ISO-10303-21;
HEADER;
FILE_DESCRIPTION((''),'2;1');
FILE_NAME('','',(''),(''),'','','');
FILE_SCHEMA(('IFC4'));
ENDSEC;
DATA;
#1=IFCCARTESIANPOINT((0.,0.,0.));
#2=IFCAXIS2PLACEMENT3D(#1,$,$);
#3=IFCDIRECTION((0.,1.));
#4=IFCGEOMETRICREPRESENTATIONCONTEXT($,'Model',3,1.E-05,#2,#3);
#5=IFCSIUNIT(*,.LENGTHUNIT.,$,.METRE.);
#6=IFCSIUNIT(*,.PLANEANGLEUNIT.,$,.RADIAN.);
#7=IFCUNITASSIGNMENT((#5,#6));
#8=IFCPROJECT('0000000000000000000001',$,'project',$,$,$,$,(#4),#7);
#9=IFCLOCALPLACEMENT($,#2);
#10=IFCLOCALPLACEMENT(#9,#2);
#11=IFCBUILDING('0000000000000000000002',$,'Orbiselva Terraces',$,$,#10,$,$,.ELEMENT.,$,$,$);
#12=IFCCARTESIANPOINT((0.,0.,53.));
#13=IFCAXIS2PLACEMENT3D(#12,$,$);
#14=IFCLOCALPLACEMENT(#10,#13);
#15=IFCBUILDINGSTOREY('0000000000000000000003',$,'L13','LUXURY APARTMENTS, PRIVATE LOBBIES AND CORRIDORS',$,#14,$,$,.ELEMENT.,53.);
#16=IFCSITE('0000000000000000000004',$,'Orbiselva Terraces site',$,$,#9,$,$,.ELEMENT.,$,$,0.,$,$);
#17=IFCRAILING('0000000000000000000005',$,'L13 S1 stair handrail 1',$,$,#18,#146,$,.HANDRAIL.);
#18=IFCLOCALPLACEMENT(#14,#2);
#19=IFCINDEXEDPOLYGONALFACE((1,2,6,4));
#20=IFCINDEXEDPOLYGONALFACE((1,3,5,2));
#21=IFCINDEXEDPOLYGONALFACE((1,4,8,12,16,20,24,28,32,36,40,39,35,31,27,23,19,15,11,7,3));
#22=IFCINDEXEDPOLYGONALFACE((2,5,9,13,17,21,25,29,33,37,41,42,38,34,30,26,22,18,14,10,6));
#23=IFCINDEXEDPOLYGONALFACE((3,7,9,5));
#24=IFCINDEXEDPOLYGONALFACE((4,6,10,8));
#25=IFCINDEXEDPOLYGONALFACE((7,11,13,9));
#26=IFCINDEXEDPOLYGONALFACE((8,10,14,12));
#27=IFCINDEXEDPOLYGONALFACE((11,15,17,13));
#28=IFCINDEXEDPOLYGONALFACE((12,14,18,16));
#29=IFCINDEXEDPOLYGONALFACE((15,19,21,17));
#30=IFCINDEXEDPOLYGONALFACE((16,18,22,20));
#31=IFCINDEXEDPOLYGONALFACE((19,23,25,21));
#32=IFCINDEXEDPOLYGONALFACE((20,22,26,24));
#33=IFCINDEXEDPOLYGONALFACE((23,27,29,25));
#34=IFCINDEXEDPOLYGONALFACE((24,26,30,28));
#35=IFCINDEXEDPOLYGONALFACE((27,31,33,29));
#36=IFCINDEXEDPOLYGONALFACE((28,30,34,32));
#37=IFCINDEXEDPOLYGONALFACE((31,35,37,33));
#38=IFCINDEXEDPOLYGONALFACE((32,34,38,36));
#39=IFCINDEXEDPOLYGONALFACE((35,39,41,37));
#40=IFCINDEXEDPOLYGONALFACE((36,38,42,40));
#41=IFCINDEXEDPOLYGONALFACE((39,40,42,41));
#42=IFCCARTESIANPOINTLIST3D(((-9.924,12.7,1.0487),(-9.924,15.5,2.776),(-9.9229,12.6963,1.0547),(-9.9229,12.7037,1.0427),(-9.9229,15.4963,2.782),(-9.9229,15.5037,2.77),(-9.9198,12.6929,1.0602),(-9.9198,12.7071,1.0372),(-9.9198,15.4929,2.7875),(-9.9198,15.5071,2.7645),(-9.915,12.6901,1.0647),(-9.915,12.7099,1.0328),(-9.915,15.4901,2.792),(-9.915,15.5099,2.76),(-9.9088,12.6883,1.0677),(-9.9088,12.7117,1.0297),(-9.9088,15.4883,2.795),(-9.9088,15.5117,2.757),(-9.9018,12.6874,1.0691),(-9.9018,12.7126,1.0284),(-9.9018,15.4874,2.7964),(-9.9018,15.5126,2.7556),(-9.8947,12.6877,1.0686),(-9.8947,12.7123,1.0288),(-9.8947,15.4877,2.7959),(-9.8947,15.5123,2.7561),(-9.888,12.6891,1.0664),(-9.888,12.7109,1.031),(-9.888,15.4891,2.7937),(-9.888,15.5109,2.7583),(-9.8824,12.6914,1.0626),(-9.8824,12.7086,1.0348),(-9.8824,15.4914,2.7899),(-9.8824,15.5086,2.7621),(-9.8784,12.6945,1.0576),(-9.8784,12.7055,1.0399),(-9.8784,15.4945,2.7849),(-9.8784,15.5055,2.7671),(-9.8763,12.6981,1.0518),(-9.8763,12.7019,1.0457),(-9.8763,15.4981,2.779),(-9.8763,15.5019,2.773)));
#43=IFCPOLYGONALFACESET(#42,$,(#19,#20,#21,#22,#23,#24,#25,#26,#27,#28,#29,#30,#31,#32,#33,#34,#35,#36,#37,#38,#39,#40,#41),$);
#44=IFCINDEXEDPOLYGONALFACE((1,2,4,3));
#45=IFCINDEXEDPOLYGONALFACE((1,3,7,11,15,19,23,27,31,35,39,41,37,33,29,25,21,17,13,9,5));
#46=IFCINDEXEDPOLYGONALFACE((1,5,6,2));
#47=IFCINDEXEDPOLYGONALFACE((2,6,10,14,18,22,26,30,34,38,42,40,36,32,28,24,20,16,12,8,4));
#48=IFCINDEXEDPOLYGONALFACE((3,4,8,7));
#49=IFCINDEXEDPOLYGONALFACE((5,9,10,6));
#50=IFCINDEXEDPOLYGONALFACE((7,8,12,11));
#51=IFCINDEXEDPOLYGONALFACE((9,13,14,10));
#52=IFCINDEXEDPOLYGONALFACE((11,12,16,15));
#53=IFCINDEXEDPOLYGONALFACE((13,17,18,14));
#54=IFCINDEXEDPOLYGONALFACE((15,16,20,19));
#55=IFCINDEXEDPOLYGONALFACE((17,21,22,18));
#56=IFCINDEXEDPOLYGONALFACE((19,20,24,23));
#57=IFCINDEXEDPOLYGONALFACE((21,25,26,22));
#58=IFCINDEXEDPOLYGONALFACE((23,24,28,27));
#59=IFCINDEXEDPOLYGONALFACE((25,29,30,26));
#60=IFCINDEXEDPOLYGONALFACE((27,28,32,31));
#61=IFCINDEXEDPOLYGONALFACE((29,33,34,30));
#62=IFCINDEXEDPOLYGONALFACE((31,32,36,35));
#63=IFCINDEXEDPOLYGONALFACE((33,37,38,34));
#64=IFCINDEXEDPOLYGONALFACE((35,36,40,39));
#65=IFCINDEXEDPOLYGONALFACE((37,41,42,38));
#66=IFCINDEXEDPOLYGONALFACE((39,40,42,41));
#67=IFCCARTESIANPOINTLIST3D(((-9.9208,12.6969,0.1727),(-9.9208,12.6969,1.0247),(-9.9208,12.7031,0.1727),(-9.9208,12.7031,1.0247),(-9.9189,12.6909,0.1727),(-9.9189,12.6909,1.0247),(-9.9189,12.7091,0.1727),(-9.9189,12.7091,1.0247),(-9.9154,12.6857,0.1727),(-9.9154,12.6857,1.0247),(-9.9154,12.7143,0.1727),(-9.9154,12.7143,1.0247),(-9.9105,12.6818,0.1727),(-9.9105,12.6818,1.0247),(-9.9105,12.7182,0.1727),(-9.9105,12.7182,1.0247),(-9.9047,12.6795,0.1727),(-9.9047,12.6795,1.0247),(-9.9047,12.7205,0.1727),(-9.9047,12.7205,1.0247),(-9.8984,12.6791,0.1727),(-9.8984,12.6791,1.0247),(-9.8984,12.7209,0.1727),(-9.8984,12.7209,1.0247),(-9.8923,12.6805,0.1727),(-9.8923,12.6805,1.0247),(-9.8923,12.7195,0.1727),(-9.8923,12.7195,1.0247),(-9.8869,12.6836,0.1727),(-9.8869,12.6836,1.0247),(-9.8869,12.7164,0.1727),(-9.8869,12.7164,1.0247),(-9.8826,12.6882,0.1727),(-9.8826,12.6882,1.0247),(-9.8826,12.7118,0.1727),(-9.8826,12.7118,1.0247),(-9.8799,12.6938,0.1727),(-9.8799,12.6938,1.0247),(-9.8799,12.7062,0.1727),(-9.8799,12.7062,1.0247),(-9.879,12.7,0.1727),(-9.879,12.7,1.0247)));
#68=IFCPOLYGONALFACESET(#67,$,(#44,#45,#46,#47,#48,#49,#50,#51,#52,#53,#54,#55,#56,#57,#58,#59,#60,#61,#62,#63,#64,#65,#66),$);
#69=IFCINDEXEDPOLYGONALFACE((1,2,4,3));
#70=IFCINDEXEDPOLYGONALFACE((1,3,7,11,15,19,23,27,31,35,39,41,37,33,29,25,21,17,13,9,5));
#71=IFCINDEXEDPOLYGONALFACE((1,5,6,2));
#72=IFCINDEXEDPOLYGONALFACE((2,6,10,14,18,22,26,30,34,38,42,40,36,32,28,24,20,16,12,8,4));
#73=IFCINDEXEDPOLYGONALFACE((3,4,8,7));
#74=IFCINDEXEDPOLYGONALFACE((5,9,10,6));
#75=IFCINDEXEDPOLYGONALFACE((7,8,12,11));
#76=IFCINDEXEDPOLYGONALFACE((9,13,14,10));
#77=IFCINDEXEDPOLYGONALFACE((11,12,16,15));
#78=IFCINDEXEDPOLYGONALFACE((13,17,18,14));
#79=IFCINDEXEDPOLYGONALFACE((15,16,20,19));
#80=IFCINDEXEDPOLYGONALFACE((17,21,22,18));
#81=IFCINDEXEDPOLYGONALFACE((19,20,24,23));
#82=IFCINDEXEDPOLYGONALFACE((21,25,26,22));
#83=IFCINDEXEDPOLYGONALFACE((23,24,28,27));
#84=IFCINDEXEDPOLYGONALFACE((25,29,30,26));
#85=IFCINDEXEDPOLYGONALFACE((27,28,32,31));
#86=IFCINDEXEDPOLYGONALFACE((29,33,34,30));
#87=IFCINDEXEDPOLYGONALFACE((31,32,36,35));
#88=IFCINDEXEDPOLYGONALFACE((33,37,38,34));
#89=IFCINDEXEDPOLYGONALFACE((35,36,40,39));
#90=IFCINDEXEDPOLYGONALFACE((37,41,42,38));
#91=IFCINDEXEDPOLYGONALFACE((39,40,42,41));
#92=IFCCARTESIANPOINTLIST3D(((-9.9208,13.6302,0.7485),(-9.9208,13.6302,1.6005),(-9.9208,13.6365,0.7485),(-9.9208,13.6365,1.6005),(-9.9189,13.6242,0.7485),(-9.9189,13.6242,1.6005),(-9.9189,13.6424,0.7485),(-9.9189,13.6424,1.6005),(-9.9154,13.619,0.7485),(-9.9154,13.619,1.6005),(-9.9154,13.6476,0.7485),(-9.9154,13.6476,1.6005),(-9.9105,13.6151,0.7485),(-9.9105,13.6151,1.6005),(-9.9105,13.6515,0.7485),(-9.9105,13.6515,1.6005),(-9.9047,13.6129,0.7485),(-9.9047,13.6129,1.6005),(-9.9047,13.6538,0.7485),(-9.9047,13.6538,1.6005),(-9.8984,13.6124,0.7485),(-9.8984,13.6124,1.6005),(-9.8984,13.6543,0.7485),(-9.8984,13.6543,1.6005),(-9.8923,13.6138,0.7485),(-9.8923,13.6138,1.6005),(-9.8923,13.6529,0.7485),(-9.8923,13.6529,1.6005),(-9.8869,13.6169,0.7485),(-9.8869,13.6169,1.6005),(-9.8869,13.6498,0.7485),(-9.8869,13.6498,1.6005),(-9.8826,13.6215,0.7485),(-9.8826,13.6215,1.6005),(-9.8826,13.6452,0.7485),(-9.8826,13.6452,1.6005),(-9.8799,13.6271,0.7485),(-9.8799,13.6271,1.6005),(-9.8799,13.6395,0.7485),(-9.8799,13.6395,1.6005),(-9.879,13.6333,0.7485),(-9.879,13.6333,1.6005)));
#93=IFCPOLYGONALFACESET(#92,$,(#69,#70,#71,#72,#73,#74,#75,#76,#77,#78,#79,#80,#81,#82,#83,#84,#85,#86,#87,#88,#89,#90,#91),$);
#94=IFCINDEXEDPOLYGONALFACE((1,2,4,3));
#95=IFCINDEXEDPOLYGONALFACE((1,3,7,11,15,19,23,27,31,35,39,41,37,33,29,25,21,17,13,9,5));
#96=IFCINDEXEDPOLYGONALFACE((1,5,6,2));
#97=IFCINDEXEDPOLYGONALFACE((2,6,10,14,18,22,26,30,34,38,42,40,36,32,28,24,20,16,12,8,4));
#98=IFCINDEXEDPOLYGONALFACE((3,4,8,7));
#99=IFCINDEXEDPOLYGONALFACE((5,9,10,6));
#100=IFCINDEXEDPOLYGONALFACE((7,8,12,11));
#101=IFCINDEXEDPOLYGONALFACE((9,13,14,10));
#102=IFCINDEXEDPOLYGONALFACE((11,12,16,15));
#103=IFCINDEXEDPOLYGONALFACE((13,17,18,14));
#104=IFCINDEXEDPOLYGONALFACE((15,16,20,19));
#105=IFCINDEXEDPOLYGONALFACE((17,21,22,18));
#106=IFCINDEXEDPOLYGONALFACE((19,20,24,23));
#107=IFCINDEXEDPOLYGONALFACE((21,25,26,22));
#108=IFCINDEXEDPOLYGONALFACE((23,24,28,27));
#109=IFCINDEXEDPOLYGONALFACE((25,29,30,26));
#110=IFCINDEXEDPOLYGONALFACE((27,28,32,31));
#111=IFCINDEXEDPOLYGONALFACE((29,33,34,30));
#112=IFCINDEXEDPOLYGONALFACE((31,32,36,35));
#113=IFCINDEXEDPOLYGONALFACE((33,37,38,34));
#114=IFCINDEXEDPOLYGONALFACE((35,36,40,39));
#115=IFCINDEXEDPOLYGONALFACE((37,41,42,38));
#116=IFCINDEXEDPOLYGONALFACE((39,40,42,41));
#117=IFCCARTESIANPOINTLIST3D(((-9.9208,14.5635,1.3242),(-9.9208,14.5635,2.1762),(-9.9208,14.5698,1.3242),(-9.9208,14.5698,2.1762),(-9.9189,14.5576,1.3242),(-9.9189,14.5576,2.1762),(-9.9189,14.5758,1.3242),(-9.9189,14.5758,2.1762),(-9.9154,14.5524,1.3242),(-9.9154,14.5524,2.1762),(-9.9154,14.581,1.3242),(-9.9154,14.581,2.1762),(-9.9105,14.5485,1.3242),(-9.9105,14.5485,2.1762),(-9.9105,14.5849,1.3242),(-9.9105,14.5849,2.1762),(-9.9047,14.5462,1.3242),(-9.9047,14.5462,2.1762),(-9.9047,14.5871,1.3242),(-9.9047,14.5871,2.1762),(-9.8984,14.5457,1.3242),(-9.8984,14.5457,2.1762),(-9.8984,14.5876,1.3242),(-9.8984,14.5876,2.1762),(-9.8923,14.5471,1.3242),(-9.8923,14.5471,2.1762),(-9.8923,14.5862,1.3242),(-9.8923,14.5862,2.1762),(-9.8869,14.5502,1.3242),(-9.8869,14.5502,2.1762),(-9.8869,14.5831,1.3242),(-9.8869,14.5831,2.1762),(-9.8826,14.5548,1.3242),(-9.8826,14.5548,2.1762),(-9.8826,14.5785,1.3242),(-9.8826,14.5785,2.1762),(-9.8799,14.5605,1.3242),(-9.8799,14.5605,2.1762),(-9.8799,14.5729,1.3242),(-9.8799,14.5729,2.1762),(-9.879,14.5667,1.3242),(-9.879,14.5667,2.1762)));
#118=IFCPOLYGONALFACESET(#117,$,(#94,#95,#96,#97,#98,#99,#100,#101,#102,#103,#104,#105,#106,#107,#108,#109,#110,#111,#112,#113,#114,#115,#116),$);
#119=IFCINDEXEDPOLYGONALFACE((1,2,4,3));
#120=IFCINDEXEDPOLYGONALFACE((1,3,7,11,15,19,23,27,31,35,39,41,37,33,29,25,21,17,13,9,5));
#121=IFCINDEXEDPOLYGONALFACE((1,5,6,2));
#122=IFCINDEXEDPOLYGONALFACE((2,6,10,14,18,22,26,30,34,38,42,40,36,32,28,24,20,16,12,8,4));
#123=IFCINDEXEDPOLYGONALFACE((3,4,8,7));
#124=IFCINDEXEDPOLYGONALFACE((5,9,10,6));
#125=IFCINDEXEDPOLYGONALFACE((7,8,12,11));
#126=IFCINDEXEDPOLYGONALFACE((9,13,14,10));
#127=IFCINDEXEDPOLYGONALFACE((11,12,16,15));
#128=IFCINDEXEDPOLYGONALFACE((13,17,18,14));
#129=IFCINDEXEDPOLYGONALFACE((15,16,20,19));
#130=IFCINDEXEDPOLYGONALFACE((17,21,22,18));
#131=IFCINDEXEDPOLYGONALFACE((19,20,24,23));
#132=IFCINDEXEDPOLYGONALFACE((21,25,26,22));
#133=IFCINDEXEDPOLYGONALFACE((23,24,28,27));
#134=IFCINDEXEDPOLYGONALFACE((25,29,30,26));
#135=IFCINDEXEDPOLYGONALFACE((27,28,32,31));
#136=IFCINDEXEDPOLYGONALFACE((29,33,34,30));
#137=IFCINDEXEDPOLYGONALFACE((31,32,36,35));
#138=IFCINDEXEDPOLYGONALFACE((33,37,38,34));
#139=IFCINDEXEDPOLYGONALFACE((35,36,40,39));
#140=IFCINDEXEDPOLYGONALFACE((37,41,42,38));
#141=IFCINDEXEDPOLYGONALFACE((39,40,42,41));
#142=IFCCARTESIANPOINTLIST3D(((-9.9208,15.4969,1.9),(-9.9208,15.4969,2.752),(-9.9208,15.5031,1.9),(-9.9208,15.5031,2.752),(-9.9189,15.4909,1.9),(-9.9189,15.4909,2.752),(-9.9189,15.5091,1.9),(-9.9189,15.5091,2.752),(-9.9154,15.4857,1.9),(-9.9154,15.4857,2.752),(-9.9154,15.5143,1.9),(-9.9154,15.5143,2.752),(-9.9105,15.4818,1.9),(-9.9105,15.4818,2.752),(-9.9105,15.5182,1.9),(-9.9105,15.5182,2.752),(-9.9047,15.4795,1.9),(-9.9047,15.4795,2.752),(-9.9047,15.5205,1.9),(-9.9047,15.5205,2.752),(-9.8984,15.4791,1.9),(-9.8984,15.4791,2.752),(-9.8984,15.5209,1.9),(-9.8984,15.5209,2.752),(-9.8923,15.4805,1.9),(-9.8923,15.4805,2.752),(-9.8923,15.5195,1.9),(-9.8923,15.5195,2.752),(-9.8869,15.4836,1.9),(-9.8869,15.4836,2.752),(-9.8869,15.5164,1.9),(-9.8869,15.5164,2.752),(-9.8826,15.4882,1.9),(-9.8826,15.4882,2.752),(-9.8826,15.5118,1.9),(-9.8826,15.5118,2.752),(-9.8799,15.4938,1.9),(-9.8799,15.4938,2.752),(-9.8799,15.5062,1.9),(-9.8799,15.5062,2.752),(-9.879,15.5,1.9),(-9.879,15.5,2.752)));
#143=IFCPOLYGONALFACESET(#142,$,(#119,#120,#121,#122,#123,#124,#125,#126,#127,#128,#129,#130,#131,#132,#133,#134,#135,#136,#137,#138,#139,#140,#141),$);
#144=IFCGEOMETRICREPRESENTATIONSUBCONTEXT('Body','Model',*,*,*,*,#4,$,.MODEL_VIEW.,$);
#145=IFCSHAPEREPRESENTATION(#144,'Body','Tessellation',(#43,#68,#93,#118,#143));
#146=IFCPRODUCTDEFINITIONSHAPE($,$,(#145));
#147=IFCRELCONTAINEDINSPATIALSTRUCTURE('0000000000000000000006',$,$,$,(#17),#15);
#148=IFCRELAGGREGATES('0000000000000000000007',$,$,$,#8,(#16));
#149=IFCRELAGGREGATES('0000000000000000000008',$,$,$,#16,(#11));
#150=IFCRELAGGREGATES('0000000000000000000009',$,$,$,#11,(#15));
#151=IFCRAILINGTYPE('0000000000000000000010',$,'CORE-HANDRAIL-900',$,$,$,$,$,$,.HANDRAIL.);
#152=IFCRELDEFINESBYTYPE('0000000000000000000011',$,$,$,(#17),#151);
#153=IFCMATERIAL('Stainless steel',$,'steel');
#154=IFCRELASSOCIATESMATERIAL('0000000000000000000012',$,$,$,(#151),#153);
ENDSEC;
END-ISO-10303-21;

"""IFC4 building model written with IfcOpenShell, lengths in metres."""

from ifc_helpers import new_model, si_unit, direction, frame, origin, origin_2d, place, context, subcontext, project, spatial, circle, extrude, material, type_object, element, save


model = new_model("IFC4")

# Units and contexts
model_context = context("Model", 3, precision=1e-05, world=origin(), true_north=direction((0.0, 1.0)))
body_context = subcontext(model_context, "Body", "Model", "MODEL_VIEW")
ifc_project = project(units=[si_unit("LENGTHUNIT", "METRE"), si_unit("PLANEANGLEUNIT", "RADIAN")], contexts=[model_context])

# Site, building, storey
site_placement = place(None, origin())
site = spatial("IfcSite", under=ifc_project, at=site_placement, Name="Orbiselva Terraces site", CompositionType="ELEMENT", RefElevation=0.0)
building_placement = place(site_placement, origin())
building = spatial("IfcBuilding", under=site, at=building_placement, Name="Orbiselva Terraces", CompositionType="ELEMENT")
storey_placement = place(building_placement, frame((0.0, 0.0, 53.0)))
storey = spatial("IfcBuildingStorey", under=building, at=storey_placement, Name="L13", Description="LUXURY APARTMENTS, PRIVATE LOBBIES AND CORRIDORS", CompositionType="ELEMENT", Elevation=53.0)

# Railing
ifc_material_1 = material(Name="Stainless steel", Category="steel")
railing_type_1 = type_object("IfcRailingType", Name="CORE-HANDRAIL-900", PredefinedType="HANDRAIL", material=ifc_material_1)
railing_1_placement = place(storey_placement, frame((-9.9, 12.7, 0.1727)))
element("IfcRailing", 1, at=railing_1_placement, inside=storey, type_object=railing_type_1, Name="L13 S1 stair handrail 1", PredefinedType="HANDRAIL", context=body_context, shape_type="SweptSolid", body=[
    extrude(circle(Radius=0.024, at=origin_2d()), frame((0.0, 0.0, 0.876), z_axis=(0.0, 0.851089, 0.525022), x_axis=(-1.0, 0.0, 0.0)), (0.0, 0.0, 1.0), 3.2899),
    extrude(circle(Radius=0.021, at=origin_2d()), origin(), (0.0, 0.0, 1.0), 0.852),
    extrude(circle(Radius=0.021, at=origin_2d()), frame((0.0, 0.9333, 0.5758)), (0.0, 0.0, 1.0), 0.852),
    extrude(circle(Radius=0.021, at=origin_2d()), frame((0.0, 1.8667, 1.1515)), (0.0, 0.0, 1.0), 0.852),
    extrude(circle(Radius=0.021, at=origin_2d()), frame((0.0, 2.8, 1.7273)), (0.0, 0.0, 1.0), 0.852),
])

save(model, "model.ifc")
